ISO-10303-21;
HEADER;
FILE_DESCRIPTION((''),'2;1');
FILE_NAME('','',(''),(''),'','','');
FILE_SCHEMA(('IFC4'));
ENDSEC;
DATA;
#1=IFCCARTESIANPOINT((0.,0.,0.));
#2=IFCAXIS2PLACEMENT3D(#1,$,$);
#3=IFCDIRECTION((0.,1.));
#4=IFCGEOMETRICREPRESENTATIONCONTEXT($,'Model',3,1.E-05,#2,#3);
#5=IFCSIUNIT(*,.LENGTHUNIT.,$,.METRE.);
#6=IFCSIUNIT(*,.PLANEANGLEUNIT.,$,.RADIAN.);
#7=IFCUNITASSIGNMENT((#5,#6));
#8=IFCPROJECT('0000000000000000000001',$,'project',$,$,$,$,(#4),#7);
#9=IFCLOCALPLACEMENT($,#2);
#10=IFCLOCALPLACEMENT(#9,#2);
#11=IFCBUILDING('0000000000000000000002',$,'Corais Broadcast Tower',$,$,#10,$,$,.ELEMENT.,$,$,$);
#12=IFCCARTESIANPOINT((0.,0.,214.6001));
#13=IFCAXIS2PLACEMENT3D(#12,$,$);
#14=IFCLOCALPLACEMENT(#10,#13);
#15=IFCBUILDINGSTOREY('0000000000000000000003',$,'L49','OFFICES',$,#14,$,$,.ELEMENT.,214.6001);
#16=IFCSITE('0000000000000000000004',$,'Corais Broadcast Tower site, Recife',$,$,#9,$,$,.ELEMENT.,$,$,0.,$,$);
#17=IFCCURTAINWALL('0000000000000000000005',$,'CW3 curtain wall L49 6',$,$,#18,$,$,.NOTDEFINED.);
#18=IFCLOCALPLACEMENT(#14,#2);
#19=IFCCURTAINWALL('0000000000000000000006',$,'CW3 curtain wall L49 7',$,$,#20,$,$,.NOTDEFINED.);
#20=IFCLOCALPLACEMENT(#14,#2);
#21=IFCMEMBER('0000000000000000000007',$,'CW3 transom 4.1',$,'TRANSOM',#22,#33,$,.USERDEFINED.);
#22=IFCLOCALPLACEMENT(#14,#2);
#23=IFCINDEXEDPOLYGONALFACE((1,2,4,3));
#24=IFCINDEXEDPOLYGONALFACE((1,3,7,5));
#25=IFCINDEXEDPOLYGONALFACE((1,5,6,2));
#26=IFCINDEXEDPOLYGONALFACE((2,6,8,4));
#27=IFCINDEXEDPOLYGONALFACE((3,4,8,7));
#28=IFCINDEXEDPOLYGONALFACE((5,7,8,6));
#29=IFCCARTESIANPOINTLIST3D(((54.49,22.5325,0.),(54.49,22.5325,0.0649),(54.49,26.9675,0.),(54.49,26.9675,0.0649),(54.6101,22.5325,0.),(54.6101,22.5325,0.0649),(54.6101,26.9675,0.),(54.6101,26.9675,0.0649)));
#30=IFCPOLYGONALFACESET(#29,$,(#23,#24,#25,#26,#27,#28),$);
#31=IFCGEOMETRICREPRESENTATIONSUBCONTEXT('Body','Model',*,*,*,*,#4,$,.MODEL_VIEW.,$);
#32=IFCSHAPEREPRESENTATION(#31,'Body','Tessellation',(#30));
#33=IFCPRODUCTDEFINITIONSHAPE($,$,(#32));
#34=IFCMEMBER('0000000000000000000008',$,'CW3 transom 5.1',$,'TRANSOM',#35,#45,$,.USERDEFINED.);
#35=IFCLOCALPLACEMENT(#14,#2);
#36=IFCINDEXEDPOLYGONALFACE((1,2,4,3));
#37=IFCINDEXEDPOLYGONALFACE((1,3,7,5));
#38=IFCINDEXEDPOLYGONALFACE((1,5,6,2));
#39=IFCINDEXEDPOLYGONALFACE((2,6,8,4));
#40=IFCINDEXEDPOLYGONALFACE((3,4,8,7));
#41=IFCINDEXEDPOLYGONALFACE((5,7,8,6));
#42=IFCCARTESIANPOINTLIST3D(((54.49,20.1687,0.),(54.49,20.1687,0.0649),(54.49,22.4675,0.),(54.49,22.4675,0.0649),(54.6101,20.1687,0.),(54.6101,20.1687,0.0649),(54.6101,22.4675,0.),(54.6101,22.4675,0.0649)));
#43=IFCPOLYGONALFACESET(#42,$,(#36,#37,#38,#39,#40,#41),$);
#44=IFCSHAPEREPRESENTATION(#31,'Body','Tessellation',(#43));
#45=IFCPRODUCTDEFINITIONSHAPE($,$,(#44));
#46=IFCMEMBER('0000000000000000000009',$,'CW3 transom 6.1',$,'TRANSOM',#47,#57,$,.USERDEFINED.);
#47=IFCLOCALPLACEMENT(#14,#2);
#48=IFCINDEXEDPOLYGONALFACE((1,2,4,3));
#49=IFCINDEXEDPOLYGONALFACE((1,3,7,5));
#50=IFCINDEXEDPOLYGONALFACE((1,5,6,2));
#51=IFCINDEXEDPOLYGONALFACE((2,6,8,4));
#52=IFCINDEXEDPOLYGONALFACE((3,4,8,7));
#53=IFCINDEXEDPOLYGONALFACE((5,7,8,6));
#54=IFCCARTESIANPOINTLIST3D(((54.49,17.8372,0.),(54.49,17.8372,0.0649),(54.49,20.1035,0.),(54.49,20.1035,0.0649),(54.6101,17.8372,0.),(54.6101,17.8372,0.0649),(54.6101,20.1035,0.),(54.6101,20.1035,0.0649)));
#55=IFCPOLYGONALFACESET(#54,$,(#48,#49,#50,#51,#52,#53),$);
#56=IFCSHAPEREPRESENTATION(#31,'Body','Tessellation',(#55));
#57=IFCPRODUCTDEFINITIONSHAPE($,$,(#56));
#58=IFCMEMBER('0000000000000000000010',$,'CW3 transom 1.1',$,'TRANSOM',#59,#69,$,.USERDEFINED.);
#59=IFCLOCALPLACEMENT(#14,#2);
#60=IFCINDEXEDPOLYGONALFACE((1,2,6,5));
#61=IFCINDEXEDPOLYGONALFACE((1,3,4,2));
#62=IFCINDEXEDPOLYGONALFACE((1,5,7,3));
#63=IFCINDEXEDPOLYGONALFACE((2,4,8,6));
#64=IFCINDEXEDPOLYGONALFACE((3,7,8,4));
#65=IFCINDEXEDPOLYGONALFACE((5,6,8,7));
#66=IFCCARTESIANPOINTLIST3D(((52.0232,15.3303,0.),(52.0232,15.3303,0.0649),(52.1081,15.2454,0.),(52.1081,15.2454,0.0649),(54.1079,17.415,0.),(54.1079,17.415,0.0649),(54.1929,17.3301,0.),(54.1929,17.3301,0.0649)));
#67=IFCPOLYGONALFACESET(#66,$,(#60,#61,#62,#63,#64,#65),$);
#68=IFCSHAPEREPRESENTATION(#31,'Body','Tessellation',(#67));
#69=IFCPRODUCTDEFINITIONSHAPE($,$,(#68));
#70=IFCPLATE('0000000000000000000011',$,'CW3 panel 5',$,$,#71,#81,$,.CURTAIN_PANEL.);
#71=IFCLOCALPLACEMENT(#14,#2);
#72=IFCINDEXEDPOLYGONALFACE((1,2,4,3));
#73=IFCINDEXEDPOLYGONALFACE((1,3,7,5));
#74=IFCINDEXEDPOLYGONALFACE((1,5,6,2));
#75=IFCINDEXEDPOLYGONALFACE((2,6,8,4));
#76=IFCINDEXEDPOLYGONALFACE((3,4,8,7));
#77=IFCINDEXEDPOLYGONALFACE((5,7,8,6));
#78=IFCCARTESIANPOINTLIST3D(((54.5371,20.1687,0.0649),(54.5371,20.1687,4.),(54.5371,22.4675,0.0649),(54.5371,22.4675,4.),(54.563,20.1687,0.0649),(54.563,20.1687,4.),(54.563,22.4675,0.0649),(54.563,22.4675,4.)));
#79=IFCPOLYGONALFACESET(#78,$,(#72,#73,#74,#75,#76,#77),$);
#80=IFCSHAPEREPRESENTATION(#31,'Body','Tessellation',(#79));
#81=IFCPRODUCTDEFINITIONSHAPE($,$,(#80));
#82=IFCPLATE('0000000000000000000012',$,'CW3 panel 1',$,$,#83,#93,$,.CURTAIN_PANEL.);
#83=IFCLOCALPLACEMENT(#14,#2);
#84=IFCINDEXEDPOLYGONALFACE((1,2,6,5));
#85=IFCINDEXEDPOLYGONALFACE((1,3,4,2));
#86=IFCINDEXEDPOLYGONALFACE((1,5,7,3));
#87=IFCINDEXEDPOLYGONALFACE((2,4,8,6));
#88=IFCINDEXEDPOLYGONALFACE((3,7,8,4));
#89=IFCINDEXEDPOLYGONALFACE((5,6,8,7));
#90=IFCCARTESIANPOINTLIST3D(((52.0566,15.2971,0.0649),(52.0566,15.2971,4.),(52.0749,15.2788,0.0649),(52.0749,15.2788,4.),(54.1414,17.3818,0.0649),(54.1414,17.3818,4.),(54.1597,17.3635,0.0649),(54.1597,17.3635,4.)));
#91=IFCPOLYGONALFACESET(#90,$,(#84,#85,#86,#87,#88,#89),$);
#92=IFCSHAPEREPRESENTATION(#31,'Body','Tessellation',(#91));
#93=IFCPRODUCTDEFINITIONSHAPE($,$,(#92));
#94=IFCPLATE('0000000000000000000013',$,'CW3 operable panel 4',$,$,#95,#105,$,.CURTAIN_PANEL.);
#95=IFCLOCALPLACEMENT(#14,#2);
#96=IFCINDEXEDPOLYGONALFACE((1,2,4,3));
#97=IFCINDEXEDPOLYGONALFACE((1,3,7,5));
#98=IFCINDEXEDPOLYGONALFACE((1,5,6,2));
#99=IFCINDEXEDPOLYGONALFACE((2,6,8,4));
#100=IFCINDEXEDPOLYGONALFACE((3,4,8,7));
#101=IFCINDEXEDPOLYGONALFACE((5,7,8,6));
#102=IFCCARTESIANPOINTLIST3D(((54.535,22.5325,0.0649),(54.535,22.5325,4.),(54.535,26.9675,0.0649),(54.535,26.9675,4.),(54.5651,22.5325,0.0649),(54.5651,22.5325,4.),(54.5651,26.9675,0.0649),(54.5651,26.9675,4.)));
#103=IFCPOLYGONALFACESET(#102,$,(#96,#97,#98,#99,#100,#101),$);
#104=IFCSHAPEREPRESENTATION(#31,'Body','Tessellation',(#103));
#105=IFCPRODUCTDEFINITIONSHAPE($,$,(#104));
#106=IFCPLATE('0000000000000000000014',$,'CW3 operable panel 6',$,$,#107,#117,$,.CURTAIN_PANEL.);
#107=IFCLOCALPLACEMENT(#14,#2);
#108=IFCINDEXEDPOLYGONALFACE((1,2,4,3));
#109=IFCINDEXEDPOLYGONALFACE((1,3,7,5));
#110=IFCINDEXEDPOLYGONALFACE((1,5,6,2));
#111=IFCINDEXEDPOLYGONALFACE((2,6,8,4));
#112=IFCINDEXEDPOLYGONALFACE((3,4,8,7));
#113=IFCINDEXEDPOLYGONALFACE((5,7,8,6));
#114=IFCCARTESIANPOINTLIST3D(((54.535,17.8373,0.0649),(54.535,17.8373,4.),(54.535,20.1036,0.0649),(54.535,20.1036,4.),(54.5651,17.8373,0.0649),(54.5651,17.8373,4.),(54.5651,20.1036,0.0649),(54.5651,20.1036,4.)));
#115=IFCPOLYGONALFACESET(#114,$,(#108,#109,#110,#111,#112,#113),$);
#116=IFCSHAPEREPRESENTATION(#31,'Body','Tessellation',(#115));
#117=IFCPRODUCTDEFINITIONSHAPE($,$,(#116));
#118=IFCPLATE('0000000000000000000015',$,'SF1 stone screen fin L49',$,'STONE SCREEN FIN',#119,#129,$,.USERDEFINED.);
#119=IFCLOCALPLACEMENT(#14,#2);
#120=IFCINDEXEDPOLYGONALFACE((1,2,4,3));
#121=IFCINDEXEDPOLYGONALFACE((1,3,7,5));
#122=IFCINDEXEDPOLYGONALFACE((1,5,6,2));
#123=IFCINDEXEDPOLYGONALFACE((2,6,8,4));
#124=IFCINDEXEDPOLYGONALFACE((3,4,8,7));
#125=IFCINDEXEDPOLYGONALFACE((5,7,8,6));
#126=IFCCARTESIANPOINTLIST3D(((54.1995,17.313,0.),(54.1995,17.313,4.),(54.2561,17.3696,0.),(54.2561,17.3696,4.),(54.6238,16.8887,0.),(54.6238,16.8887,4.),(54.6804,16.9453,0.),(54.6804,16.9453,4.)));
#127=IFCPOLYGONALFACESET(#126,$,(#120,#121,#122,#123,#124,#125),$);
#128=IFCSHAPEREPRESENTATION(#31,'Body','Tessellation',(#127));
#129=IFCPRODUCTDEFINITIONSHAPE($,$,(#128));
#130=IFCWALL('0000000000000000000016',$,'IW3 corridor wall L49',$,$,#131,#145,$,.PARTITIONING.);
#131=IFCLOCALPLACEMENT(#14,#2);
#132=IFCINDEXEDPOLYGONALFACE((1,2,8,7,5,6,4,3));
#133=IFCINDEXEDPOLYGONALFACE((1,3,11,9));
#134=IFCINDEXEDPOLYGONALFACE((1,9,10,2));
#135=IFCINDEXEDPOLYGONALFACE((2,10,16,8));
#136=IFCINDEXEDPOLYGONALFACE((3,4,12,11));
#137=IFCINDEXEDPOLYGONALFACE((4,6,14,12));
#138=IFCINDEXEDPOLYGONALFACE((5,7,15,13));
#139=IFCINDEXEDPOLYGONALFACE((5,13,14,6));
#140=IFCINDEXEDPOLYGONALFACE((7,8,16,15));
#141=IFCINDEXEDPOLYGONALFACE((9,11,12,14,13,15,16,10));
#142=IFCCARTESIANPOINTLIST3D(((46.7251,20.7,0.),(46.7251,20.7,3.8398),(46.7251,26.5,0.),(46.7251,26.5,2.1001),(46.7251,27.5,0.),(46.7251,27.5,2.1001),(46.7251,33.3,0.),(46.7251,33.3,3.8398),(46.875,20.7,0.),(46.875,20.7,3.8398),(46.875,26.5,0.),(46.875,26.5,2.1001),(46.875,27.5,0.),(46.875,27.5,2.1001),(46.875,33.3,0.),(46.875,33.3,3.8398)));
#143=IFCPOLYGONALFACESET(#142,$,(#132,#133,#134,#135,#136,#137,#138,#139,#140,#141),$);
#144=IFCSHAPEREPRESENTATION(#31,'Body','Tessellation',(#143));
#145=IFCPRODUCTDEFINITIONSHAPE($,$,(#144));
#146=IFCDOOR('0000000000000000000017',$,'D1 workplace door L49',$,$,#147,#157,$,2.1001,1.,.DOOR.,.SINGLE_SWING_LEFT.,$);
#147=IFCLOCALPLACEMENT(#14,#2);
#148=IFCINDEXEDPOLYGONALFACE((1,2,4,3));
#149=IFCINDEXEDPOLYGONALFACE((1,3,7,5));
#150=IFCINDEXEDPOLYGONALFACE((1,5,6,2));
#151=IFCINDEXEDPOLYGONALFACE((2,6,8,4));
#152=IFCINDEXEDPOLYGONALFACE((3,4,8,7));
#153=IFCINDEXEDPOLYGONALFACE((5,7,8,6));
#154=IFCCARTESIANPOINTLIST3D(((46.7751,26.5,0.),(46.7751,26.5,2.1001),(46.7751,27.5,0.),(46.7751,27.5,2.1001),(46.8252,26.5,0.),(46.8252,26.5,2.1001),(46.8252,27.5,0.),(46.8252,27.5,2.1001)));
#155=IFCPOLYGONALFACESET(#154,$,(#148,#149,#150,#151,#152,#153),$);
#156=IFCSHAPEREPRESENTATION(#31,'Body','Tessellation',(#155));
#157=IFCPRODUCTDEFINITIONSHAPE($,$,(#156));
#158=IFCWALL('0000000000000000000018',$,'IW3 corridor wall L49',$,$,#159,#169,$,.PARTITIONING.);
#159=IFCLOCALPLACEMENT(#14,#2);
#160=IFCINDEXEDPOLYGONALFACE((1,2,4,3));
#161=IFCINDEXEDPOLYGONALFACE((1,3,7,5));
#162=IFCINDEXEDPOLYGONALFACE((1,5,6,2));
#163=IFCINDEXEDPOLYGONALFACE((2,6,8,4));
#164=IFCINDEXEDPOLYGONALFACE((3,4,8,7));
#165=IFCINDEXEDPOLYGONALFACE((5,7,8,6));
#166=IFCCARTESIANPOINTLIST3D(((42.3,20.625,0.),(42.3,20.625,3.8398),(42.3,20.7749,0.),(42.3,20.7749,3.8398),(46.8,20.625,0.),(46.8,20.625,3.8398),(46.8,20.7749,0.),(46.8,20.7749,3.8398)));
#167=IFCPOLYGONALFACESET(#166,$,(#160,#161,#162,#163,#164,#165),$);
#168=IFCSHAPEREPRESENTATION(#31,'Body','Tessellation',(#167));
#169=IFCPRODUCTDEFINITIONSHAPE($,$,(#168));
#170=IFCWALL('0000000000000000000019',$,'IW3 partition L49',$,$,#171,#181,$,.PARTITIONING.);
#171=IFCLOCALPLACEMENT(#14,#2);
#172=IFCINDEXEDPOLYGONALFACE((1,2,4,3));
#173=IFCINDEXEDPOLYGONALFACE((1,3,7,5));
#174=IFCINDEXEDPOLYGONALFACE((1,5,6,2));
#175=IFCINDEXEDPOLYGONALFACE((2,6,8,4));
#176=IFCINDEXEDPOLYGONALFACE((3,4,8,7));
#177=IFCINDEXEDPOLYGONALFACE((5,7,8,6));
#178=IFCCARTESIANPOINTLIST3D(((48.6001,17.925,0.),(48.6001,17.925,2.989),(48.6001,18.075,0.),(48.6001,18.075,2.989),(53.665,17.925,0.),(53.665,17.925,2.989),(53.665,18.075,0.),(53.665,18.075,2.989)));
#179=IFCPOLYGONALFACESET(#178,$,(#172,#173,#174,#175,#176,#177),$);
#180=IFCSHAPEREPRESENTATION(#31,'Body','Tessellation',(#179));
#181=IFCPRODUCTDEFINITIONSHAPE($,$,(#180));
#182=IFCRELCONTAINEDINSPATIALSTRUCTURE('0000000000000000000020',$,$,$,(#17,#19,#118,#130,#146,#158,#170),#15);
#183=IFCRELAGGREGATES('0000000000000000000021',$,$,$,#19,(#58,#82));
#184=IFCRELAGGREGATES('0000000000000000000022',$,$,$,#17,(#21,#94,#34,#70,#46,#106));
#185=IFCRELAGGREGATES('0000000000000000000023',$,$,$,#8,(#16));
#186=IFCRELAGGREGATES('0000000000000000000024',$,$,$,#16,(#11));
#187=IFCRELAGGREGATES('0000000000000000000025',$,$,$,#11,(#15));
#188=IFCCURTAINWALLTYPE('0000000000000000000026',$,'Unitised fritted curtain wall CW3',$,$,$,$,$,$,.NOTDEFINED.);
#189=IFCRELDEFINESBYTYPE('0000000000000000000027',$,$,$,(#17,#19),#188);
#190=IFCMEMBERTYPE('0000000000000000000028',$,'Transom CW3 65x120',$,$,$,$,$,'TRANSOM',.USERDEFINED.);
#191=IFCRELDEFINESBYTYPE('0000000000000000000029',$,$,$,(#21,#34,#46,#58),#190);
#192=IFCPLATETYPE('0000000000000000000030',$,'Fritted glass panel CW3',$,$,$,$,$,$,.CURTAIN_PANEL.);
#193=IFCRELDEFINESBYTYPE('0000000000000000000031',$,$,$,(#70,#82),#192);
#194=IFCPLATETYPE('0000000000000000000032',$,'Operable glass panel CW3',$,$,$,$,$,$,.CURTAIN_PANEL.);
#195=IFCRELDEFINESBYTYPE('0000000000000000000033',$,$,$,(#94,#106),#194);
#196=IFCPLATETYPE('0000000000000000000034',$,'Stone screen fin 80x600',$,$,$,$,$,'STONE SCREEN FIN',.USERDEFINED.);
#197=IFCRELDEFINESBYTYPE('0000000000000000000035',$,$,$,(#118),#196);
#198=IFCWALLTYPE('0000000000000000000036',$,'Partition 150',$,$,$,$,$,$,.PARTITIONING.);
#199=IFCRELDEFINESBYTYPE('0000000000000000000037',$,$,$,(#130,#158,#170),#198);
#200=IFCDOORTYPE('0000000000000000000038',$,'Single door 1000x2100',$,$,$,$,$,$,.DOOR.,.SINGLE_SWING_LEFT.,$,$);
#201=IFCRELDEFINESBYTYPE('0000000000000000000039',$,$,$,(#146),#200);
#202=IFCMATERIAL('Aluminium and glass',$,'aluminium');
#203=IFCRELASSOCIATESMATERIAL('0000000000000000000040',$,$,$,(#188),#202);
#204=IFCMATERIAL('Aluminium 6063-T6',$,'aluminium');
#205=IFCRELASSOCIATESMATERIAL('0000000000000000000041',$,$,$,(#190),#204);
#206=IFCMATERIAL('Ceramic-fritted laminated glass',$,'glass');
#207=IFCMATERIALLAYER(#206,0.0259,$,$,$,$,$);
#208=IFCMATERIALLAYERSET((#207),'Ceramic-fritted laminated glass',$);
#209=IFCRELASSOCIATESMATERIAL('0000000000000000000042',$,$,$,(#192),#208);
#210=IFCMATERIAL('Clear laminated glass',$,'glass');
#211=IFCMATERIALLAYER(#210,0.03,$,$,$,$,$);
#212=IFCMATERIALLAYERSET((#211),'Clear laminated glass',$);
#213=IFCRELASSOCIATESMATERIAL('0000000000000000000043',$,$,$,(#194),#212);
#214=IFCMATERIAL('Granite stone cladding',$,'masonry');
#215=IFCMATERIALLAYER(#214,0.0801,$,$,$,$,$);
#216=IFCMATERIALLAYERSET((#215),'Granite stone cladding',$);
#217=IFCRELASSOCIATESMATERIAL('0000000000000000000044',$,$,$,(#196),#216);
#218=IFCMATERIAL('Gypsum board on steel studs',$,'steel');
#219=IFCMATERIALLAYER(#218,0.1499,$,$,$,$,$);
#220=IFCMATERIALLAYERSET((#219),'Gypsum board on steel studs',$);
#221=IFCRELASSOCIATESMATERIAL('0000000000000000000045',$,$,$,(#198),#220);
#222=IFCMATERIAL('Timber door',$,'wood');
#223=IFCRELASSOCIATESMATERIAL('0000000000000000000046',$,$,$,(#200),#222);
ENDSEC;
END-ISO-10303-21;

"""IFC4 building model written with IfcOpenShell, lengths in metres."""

from ifc_helpers import new_model, si_unit, direction, frame, frame_2d, origin, origin_2d, place, context, subcontext, project, spatial, rectangle, extrude, material, layer, layer_set, material_profile, profile_set, type_object, element, fill, aggregate, save


model = new_model("IFC4")

# Units and contexts
model_context = context("Model", 3, precision=1e-05, world=origin(), true_north=direction((0.0, 1.0)))
body_context = subcontext(model_context, "Body", "Model", "MODEL_VIEW")
ifc_project = project(units=[si_unit("LENGTHUNIT", "METRE"), si_unit("PLANEANGLEUNIT", "RADIAN")], contexts=[model_context])

# Site, building, storey
site_placement = place(None, origin())
site = spatial("IfcSite", under=ifc_project, at=site_placement, Name="Corais Broadcast Tower site, Recife", CompositionType="ELEMENT", RefElevation=0.0)
building_placement = place(site_placement, origin())
building = spatial("IfcBuilding", under=site, at=building_placement, Name="Corais Broadcast Tower", CompositionType="ELEMENT")
storey_placement = place(building_placement, frame((0.0, 0.0, 214.6001)))
storey = spatial("IfcBuildingStorey", under=building, at=storey_placement, Name="L49", Description="OFFICES", CompositionType="ELEMENT", Elevation=214.6001)

# Curtain walls
ifc_material_1 = material(Name="Aluminium and glass", Category="aluminium")
curtain_wall_type = type_object("IfcCurtainWallType", Name="Unitised fritted curtain wall CW3", PredefinedType="NOTDEFINED", material=ifc_material_1)
curtain_wall_1_placement = place(storey_placement, origin())
curtain_wall_1 = element("IfcCurtainWall", 1, at=curtain_wall_1_placement, inside=storey, type_object=curtain_wall_type, Name="CW3 curtain wall L49 6", PredefinedType="NOTDEFINED")
curtain_wall_2_placement = place(storey_placement, origin())
curtain_wall_2 = element("IfcCurtainWall", 2, at=curtain_wall_2_placement, inside=storey, type_object=curtain_wall_type, Name="CW3 curtain wall L49 7", PredefinedType="NOTDEFINED")

# Members
ifc_material_2 = material(Name="Aluminium 6063-T6", Category="aluminium")
ifc_material_profile_1 = material_profile(ifc_material_2, rectangle(XDim=0.1201, YDim=0.0649, at=origin_2d()), Name="Transom CW3 65x120")
ifc_profile_set_1 = profile_set([ifc_material_profile_1], Name="Aluminium 6063-T6")
member_type_1 = type_object("IfcMemberType", Name="Transom CW3 65x120", ElementType="TRANSOM", PredefinedType="USERDEFINED", material=ifc_profile_set_1)
member_1_placement = place(storey_placement, frame((54.55, 26.9675, 0.0325), z_axis=(0.0, -1.0, 0.0), x_axis=(1.0, 0.0, 0.0)))
member_1 = element("IfcMember", 3, at=member_1_placement, type_object=member_type_1, Name="CW3 transom 4.1", ObjectType="TRANSOM", PredefinedType="USERDEFINED", context=body_context, shape_type="SweptSolid", body=[
    extrude(rectangle(XDim=0.1201, YDim=0.0649, at=origin_2d()), origin(), (0.0, 0.0, 1.0), 4.4351),
])
member_2_placement = place(storey_placement, frame((54.55, 22.4675, 0.0325), z_axis=(0.0, -1.0, 0.0), x_axis=(1.0, 0.0, 0.0)))
member_2 = element("IfcMember", 4, at=member_2_placement, type_object=member_type_1, Name="CW3 transom 5.1", ObjectType="TRANSOM", PredefinedType="USERDEFINED", context=body_context, shape_type="SweptSolid", body=[
    extrude(rectangle(XDim=0.1201, YDim=0.0649, at=origin_2d()), origin(), (0.0, 0.0, 1.0), 2.2988),
])
member_3_placement = place(storey_placement, frame((54.55, 20.1035, 0.0325), z_axis=(0.0, -1.0, 0.0), x_axis=(1.0, 0.0, 0.0)))
member_3 = element("IfcMember", 5, at=member_3_placement, type_object=member_type_1, Name="CW3 transom 6.1", ObjectType="TRANSOM", PredefinedType="USERDEFINED", context=body_context, shape_type="SweptSolid", body=[
    extrude(rectangle(XDim=0.1201, YDim=0.0649, at=origin_2d()), origin(), (0.0, 0.0, 1.0), 2.2664),
])
member_4_placement = place(storey_placement, frame((54.1504, 17.3726, 0.0325), z_axis=(-0.707107, -0.707107, 0.0), x_axis=(0.707107, -0.707107, 0.0)))
member_4 = element("IfcMember", 6, at=member_4_placement, type_object=member_type_1, Name="CW3 transom 1.1", ObjectType="TRANSOM", PredefinedType="USERDEFINED", context=body_context, shape_type="SweptSolid", body=[
    extrude(rectangle(XDim=0.1201, YDim=0.0649, at=origin_2d()), origin(), (0.0, 0.0, 1.0), 2.9482),
])

# Plates
ifc_material_3 = material(Name="Ceramic-fritted laminated glass", Category="glass")
ifc_layer_1 = layer(ifc_material_3, 0.0259)
ifc_layer_set_1 = layer_set([ifc_layer_1], Name="Ceramic-fritted laminated glass")
plate_type_1 = type_object("IfcPlateType", Name="Fritted glass panel CW3", PredefinedType="CURTAIN_PANEL", material=ifc_layer_set_1)
plate_1_placement = place(storey_placement, frame((54.55, 21.3181, 0.0649), z_axis=(0.0, 0.0, 1.0), x_axis=(0.0, -1.0, 0.0)))
plate_1 = element("IfcPlate", 7, at=plate_1_placement, type_object=plate_type_1, Name="CW3 panel 5", PredefinedType="CURTAIN_PANEL", context=body_context, shape_type="SweptSolid", body=[
    extrude(rectangle(XDim=2.2988, YDim=0.0259, at=origin_2d()), origin(), (0.0, 0.0, 1.0), 3.9351),
])
plate_2_placement = place(storey_placement, frame((53.1082, 16.3303, 0.0649), z_axis=(0.0, 0.0, 1.0), x_axis=(-0.707107, -0.707107, 0.0)))
plate_2 = element("IfcPlate", 8, at=plate_2_placement, type_object=plate_type_1, Name="CW3 panel 1", PredefinedType="CURTAIN_PANEL", context=body_context, shape_type="SweptSolid", body=[
    extrude(rectangle(XDim=2.9482, YDim=0.0259, at=origin_2d()), origin(), (0.0, 0.0, 1.0), 3.9351),
])
aggregate(curtain_wall_2, [member_4, plate_2])
ifc_material_4 = material(Name="Clear laminated glass", Category="glass")
ifc_layer_2 = layer(ifc_material_4, 0.03)
ifc_layer_set_2 = layer_set([ifc_layer_2], Name="Clear laminated glass")
plate_type_2 = type_object("IfcPlateType", Name="Operable glass panel CW3", PredefinedType="CURTAIN_PANEL", material=ifc_layer_set_2)
plate_3_placement = place(storey_placement, frame((54.55, 24.75, 0.0649), z_axis=(0.0, 0.0, 1.0), x_axis=(0.0, -1.0, 0.0)))
plate_3 = element("IfcPlate", 9, at=plate_3_placement, type_object=plate_type_2, Name="CW3 operable panel 4", PredefinedType="CURTAIN_PANEL", context=body_context, shape_type="SweptSolid", body=[
    extrude(rectangle(XDim=4.4351, YDim=0.03, at=origin_2d()), origin(), (0.0, 0.0, 1.0), 3.9351),
])
plate_4_placement = place(storey_placement, frame((54.55, 18.9705, 0.0649), z_axis=(0.0, 0.0, 1.0), x_axis=(0.0, -1.0, 0.0)))
plate_4 = element("IfcPlate", 10, at=plate_4_placement, type_object=plate_type_2, Name="CW3 operable panel 6", PredefinedType="CURTAIN_PANEL", context=body_context, shape_type="SweptSolid", body=[
    extrude(rectangle(XDim=2.2664, YDim=0.03, at=origin_2d()), origin(), (0.0, 0.0, 1.0), 3.9351),
])
aggregate(curtain_wall_1, [member_1, plate_3, member_2, plate_1, member_3, plate_4])
ifc_material_5 = material(Name="Granite stone cladding", Category="masonry")
ifc_layer_3 = layer(ifc_material_5, 0.0801)
ifc_layer_set_3 = layer_set([ifc_layer_3], Name="Granite stone cladding")
plate_type_3 = type_object("IfcPlateType", Name="Stone screen fin 80x600", ElementType="STONE SCREEN FIN", PredefinedType="USERDEFINED", material=ifc_layer_set_3)
plate_5_placement = place(storey_placement, frame((54.4399, 17.1292, 0.0), z_axis=(0.0, 0.0, 1.0), x_axis=(-0.707107, -0.707107, 0.0)))
element("IfcPlate", 11, at=plate_5_placement, inside=storey, type_object=plate_type_3, Name="SF1 stone screen fin L49", ObjectType="STONE SCREEN FIN", PredefinedType="USERDEFINED", context=body_context, shape_type="SweptSolid", body=[
    extrude(rectangle(XDim=0.0801, YDim=0.6001, at=origin_2d()), origin(), (0.0, 0.0, 1.0), 4.0),
])

# Wall, opening, door
ifc_material_6 = material(Name="Gypsum board on steel studs", Category="steel")
ifc_layer_4 = layer(ifc_material_6, 0.1499)
ifc_layer_set_4 = layer_set([ifc_layer_4], Name="Gypsum board on steel studs")
wall_type = type_object("IfcWallType", Name="Partition 150", PredefinedType="PARTITIONING", material=ifc_layer_set_4)
wall_1_placement = place(storey_placement, frame((46.8, 20.7, 0.0), z_axis=(0.0, 0.0, 1.0), x_axis=(0.0, 1.0, 0.0)))
wall_1 = element("IfcWall", 12, at=wall_1_placement, inside=storey, type_object=wall_type, Name="IW3 corridor wall L49", PredefinedType="PARTITIONING", context=body_context, shape_type="SweptSolid", body=[
    extrude(rectangle(XDim=12.6001, YDim=0.1499, at=frame_2d((6.3, 0.0))), origin(), (0.0, 0.0, 1.0), 3.8398),
])
opening_1_placement = place(wall_1_placement, frame((5.8, 0.0, 0.0)))
opening_1 = element("IfcOpeningElement", 13, at=opening_1_placement, cuts=wall_1, PredefinedType="OPENING", context=body_context, shape_type="SweptSolid", body=[
    extrude(rectangle(XDim=1.0, YDim=2.1001, at=frame_2d((0.5, 1.05))), frame((0.0, 0.085, 0.0), z_axis=(0.0, -1.0, 0.0), x_axis=(1.0, 0.0, 0.0)), (0.0, 0.0, 1.0), 0.1699),
])
ifc_material_7 = material(Name="Timber door", Category="wood")
door_type = type_object("IfcDoorType", Name="Single door 1000x2100", OperationType="SINGLE_SWING_LEFT", PredefinedType="DOOR", material=ifc_material_7)
door_1_placement = place(opening_1_placement, origin())
door_1 = element("IfcDoor", 14, at=door_1_placement, inside=storey, type_object=door_type, Name="D1 workplace door L49", OperationType="SINGLE_SWING_LEFT", OverallHeight=2.1001, OverallWidth=1.0, PredefinedType="DOOR", context=body_context, shape_type="SweptSolid", body=[
    extrude(rectangle(XDim=1.0, YDim=2.1001, at=frame_2d((0.5, 1.05))), frame((0.0, 0.0249, 0.0), z_axis=(0.0, -1.0, 0.0), x_axis=(1.0, 0.0, 0.0)), (0.0, 0.0, 1.0), 0.05),
])
fill(opening_1, door_1)

# Walls
wall_2_placement = place(storey_placement, frame((42.3, 20.7, 0.0), z_axis=(0.0, 0.0, 1.0), x_axis=(1.0, 0.0, 0.0)))
element("IfcWall", 15, at=wall_2_placement, inside=storey, type_object=wall_type, Name="IW3 corridor wall L49", PredefinedType="PARTITIONING", context=body_context, shape_type="SweptSolid", body=[
    extrude(rectangle(XDim=4.5, YDim=0.1499, at=frame_2d((2.25, 0.0))), origin(), (0.0, 0.0, 1.0), 3.8398),
])
for number, where, z_axis, x_axis, name in (
    (16, (48.6001, 18.0, 0.0), (0.0, 0.0, 1.0), (1.0, 0.0, 0.0), "IW3 partition L49"),
):
    element("IfcWall", number, at=place(storey_placement, frame(where, z_axis=z_axis, x_axis=x_axis)), inside=storey, type_object=wall_type, Name=name, PredefinedType="PARTITIONING", context=body_context, shape_type="SweptSolid", body=[
        extrude(rectangle(XDim=5.0649, YDim=0.1499, at=frame_2d((2.5325, 0.0))), origin(), (0.0, 0.0, 1.0), 2.989),
    ])

save(model, "model.ifc")
